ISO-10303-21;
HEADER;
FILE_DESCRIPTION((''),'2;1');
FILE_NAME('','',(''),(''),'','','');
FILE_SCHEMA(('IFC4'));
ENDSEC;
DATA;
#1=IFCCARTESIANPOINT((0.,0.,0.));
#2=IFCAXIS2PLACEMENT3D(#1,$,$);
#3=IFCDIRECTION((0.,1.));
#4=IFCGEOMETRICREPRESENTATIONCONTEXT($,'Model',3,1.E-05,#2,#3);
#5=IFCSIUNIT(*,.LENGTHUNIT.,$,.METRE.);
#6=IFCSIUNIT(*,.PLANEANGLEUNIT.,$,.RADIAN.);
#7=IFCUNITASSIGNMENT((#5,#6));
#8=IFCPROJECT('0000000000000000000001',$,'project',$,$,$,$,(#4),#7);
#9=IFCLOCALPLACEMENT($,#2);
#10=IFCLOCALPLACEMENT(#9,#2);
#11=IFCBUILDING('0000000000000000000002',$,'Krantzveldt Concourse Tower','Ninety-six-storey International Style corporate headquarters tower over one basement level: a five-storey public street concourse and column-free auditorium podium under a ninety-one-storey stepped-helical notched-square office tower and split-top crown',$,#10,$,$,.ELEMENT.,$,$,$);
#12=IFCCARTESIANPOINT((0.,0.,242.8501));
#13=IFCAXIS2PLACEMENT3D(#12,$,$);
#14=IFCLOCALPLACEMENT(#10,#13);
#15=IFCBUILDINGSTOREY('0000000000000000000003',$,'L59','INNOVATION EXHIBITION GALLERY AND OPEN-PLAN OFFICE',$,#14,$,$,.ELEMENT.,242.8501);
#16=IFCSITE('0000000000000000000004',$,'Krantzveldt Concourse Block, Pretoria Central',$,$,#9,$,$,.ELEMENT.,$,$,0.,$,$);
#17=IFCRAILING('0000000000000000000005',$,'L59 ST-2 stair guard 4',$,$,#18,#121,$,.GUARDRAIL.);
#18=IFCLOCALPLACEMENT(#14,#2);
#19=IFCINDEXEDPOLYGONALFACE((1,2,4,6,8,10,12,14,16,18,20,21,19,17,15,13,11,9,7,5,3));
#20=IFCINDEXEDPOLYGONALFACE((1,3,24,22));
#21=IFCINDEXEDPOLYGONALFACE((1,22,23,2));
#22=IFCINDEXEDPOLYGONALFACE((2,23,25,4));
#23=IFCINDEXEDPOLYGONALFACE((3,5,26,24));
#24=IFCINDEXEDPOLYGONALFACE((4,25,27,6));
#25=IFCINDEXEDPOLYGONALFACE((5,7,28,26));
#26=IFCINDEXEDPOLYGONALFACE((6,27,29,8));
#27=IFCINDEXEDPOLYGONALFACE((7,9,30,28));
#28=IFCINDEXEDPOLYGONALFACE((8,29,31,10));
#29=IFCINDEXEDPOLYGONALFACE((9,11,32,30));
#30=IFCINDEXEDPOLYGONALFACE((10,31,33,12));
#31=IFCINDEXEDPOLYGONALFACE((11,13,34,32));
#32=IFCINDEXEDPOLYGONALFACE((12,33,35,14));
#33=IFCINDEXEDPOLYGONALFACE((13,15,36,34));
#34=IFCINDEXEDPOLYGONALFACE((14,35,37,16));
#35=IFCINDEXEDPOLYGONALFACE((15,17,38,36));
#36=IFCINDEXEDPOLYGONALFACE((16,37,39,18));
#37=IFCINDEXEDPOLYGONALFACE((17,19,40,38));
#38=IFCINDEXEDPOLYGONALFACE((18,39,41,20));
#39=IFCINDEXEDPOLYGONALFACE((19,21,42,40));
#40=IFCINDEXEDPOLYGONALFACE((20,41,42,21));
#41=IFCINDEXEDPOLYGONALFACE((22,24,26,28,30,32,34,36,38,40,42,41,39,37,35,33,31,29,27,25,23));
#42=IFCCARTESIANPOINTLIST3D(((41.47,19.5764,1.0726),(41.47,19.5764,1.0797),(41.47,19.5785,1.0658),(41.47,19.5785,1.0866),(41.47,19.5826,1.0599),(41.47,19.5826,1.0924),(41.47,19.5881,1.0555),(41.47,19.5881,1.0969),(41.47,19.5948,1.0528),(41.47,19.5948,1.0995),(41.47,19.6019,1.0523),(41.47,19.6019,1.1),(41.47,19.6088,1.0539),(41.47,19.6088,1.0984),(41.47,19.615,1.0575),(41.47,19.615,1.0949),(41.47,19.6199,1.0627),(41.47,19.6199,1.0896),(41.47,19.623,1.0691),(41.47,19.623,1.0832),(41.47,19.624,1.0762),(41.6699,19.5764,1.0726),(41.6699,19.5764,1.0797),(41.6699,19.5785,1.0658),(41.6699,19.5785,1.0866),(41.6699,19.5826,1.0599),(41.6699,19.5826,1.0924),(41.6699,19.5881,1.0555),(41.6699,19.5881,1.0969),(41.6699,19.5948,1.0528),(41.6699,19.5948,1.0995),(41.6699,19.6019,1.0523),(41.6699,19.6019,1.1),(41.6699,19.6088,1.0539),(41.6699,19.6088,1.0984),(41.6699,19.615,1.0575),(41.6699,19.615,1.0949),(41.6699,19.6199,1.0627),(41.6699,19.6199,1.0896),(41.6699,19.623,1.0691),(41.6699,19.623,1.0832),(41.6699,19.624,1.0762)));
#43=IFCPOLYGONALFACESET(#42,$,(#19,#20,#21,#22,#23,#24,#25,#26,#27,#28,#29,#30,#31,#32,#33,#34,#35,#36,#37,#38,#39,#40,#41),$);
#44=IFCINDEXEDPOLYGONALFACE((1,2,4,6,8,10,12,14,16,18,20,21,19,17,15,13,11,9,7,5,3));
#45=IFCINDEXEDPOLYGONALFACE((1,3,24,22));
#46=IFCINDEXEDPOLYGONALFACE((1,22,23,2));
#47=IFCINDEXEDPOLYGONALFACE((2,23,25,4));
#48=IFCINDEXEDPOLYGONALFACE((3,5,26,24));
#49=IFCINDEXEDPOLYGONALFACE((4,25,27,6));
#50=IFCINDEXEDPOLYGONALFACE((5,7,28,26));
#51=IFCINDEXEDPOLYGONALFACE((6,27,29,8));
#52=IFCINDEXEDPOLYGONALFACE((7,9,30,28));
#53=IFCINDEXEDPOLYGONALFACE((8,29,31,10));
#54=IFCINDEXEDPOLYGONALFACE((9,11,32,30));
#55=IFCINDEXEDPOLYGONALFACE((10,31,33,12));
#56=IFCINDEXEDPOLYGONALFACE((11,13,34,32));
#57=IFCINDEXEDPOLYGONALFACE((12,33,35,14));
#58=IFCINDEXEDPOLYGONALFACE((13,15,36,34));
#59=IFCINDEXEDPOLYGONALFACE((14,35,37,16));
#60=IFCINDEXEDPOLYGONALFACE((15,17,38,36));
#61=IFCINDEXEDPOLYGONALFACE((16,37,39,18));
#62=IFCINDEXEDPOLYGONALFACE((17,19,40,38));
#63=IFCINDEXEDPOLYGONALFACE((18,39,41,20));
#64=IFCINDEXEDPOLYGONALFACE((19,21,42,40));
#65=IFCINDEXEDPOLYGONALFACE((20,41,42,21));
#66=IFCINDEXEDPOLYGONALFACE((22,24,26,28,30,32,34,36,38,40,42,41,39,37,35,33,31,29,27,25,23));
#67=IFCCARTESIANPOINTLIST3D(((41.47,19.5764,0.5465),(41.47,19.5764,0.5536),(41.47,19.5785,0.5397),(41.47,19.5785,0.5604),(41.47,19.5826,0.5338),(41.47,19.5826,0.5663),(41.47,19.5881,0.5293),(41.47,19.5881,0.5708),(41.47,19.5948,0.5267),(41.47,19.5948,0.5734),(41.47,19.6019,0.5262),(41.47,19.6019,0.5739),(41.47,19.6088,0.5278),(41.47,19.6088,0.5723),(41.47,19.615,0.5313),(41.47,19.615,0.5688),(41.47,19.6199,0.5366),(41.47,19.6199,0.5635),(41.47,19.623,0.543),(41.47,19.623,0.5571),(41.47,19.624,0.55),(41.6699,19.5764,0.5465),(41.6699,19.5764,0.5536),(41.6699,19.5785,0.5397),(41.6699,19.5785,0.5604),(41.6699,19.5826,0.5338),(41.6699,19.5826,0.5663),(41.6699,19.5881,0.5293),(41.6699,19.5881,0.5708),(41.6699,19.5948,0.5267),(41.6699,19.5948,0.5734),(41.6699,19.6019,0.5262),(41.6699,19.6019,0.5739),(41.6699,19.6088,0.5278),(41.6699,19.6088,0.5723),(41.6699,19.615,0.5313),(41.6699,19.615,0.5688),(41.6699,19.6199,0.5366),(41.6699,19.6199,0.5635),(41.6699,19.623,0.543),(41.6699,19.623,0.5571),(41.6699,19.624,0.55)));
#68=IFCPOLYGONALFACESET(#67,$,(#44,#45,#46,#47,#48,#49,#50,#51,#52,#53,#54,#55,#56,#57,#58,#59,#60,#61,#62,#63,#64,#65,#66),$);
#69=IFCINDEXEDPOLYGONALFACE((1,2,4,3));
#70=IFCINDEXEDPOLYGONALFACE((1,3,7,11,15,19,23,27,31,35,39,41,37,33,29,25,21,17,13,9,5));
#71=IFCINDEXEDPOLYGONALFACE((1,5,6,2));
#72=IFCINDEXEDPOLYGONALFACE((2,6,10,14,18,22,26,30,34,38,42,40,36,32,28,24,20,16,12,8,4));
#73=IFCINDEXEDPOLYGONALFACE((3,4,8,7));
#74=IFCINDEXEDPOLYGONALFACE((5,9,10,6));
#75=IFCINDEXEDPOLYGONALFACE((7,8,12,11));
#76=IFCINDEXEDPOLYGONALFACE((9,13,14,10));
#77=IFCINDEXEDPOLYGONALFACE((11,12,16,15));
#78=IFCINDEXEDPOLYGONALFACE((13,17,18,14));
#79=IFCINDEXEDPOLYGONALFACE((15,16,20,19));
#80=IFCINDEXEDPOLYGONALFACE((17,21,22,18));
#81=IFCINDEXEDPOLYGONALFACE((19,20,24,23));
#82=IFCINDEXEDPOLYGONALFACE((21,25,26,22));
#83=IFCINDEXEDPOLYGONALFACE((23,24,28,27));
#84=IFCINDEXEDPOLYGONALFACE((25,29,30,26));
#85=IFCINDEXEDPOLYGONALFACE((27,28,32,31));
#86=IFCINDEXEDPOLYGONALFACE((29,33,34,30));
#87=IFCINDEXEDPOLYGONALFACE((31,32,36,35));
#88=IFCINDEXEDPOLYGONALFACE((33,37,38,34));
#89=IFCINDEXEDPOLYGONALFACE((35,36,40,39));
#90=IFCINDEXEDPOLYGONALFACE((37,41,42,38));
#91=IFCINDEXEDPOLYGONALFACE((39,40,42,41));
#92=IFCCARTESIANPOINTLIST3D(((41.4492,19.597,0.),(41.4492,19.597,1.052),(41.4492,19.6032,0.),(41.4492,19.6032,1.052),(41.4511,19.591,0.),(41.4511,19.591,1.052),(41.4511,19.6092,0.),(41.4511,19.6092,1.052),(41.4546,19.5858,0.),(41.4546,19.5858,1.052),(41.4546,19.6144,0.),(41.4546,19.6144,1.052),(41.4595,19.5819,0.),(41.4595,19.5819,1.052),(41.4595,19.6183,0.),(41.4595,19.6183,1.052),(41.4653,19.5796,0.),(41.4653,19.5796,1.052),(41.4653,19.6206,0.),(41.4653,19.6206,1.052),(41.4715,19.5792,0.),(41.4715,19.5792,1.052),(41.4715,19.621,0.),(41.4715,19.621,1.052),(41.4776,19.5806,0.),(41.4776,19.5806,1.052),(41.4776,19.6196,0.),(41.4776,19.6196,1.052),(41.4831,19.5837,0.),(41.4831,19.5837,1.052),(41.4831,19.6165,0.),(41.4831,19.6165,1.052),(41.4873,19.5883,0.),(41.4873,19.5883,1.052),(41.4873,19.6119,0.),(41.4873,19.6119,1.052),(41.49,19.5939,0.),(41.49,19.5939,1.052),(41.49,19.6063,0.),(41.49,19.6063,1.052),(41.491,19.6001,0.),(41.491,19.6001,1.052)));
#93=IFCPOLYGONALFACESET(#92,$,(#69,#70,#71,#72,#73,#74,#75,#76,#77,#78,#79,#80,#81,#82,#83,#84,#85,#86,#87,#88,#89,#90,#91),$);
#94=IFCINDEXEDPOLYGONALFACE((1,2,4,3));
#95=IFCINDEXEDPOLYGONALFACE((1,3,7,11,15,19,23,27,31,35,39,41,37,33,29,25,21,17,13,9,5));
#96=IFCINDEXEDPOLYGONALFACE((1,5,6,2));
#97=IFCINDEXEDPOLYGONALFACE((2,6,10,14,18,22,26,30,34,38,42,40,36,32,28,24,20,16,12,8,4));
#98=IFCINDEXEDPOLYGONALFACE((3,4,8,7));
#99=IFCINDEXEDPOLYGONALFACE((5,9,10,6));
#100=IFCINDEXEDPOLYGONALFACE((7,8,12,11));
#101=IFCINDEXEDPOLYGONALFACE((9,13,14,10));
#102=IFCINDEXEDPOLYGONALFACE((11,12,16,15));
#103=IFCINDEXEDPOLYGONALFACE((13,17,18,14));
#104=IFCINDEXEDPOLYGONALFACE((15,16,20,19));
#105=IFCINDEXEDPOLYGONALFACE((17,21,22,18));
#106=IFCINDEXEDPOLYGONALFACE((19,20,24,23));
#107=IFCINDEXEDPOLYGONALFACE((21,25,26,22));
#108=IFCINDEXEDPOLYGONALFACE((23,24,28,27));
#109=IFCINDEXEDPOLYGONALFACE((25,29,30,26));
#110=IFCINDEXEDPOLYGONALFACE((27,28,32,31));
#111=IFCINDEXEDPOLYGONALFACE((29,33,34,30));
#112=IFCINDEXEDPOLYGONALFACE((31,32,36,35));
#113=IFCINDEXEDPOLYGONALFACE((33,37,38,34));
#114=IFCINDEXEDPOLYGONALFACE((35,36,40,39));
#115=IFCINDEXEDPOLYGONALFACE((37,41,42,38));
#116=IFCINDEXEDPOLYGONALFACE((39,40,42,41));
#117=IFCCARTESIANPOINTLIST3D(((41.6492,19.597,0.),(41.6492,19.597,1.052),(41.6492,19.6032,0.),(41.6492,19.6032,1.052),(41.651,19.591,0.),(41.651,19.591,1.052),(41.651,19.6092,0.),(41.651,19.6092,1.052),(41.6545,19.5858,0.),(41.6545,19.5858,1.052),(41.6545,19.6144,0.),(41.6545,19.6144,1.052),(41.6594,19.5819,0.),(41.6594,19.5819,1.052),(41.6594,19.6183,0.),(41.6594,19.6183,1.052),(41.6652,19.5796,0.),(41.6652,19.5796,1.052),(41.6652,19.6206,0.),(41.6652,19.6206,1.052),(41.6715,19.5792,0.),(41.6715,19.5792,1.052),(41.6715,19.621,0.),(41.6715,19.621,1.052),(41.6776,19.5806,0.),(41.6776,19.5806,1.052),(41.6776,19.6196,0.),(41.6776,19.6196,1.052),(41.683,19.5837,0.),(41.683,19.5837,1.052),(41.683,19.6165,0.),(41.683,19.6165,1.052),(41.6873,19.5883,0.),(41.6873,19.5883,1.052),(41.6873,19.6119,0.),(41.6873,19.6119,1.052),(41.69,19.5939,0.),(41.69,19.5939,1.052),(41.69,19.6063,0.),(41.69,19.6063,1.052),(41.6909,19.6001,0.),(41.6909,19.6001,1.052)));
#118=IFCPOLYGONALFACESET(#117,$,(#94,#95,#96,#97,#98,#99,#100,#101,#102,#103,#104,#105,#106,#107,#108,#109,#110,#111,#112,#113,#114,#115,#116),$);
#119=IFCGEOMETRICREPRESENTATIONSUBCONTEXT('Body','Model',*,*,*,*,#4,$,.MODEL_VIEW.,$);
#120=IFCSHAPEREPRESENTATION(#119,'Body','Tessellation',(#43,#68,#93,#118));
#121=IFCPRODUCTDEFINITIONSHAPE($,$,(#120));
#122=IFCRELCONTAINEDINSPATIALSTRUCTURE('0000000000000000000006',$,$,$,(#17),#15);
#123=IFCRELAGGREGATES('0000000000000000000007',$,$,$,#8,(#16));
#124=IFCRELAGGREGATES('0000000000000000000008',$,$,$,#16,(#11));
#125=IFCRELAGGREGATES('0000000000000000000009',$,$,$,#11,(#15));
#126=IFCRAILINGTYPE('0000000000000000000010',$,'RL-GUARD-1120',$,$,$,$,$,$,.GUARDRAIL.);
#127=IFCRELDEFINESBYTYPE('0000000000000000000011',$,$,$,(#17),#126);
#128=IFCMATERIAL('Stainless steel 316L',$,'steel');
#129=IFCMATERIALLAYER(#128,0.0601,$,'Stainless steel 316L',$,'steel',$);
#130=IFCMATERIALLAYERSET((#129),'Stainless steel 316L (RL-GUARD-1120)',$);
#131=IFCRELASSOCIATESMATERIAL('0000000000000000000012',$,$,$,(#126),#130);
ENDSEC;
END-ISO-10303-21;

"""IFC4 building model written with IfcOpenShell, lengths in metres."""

from ifc_helpers import new_model, si_unit, direction, frame, origin, origin_2d, place, context, subcontext, project, spatial, circle, extrude, material, layer, layer_set, type_object, element, save


model = new_model("IFC4")

# Units and contexts
model_context = context("Model", 3, precision=1e-05, world=origin(), true_north=direction((0.0, 1.0)))
body_context = subcontext(model_context, "Body", "Model", "MODEL_VIEW")
ifc_project = project(units=[si_unit("LENGTHUNIT", "METRE"), si_unit("PLANEANGLEUNIT", "RADIAN")], contexts=[model_context])

# Site, building, storey
site_placement = place(None, origin())
site = spatial("IfcSite", under=ifc_project, at=site_placement, Name="Krantzveldt Concourse Block, Pretoria Central", CompositionType="ELEMENT", RefElevation=0.0)
building_placement = place(site_placement, origin())
building = spatial("IfcBuilding", under=site, at=building_placement, Name="Krantzveldt Concourse Tower", Description="Ninety-six-storey International Style corporate headquarters tower over one basement level: a five-storey public street concourse and column-free auditorium podium under a ninety-one-storey stepped-helical notched-square office tower and split-top crown", CompositionType="ELEMENT")
storey_placement = place(building_placement, frame((0.0, 0.0, 242.8501)))
storey = spatial("IfcBuildingStorey", under=building, at=storey_placement, Name="L59", Description="INNOVATION EXHIBITION GALLERY AND OPEN-PLAN OFFICE", CompositionType="ELEMENT", Elevation=242.8501)

# Shared definitions
ifc_material_1 = material(Name="Stainless steel 316L", Category="steel")

# Railing
ifc_layer_1 = layer(ifc_material_1, 0.0601, Name="Stainless steel 316L", Category="steel")
ifc_layer_set_1 = layer_set([ifc_layer_1], Name="Stainless steel 316L (RL-GUARD-1120)")
railing_type_1 = type_object("IfcRailingType", Name="RL-GUARD-1120", PredefinedType="GUARDRAIL", material=ifc_layer_set_1)
railing_1_placement = place(storey_placement, frame((41.47, 19.6001, 0.0)))
element("IfcRailing", 1, at=railing_1_placement, inside=storey, type_object=railing_type_1, Name="L59 ST-2 stair guard 4", PredefinedType="GUARDRAIL", context=body_context, shape_type="SweptSolid", body=[
    extrude(circle(Radius=0.0239, at=origin_2d()), frame((0.0, 0.0, 1.0762), z_axis=(1.0, 0.0, 0.0), x_axis=(0.0, 1.0, 0.0)), (0.0, 0.0, 1.0), 0.2),
    extrude(circle(Radius=0.0239, at=origin_2d()), frame((0.0, 0.0, 0.55), z_axis=(1.0, 0.0, 0.0), x_axis=(0.0, 1.0, 0.0)), (0.0, 0.0, 1.0), 0.2),
    extrude(circle(Radius=0.021, at=origin_2d()), origin(), (0.0, 0.0, 1.0), 1.052),
    extrude(circle(Radius=0.021, at=origin_2d()), frame((0.2, 0.0, 0.0)), (0.0, 0.0, 1.0), 1.052),
])

save(model, "model.ifc")
